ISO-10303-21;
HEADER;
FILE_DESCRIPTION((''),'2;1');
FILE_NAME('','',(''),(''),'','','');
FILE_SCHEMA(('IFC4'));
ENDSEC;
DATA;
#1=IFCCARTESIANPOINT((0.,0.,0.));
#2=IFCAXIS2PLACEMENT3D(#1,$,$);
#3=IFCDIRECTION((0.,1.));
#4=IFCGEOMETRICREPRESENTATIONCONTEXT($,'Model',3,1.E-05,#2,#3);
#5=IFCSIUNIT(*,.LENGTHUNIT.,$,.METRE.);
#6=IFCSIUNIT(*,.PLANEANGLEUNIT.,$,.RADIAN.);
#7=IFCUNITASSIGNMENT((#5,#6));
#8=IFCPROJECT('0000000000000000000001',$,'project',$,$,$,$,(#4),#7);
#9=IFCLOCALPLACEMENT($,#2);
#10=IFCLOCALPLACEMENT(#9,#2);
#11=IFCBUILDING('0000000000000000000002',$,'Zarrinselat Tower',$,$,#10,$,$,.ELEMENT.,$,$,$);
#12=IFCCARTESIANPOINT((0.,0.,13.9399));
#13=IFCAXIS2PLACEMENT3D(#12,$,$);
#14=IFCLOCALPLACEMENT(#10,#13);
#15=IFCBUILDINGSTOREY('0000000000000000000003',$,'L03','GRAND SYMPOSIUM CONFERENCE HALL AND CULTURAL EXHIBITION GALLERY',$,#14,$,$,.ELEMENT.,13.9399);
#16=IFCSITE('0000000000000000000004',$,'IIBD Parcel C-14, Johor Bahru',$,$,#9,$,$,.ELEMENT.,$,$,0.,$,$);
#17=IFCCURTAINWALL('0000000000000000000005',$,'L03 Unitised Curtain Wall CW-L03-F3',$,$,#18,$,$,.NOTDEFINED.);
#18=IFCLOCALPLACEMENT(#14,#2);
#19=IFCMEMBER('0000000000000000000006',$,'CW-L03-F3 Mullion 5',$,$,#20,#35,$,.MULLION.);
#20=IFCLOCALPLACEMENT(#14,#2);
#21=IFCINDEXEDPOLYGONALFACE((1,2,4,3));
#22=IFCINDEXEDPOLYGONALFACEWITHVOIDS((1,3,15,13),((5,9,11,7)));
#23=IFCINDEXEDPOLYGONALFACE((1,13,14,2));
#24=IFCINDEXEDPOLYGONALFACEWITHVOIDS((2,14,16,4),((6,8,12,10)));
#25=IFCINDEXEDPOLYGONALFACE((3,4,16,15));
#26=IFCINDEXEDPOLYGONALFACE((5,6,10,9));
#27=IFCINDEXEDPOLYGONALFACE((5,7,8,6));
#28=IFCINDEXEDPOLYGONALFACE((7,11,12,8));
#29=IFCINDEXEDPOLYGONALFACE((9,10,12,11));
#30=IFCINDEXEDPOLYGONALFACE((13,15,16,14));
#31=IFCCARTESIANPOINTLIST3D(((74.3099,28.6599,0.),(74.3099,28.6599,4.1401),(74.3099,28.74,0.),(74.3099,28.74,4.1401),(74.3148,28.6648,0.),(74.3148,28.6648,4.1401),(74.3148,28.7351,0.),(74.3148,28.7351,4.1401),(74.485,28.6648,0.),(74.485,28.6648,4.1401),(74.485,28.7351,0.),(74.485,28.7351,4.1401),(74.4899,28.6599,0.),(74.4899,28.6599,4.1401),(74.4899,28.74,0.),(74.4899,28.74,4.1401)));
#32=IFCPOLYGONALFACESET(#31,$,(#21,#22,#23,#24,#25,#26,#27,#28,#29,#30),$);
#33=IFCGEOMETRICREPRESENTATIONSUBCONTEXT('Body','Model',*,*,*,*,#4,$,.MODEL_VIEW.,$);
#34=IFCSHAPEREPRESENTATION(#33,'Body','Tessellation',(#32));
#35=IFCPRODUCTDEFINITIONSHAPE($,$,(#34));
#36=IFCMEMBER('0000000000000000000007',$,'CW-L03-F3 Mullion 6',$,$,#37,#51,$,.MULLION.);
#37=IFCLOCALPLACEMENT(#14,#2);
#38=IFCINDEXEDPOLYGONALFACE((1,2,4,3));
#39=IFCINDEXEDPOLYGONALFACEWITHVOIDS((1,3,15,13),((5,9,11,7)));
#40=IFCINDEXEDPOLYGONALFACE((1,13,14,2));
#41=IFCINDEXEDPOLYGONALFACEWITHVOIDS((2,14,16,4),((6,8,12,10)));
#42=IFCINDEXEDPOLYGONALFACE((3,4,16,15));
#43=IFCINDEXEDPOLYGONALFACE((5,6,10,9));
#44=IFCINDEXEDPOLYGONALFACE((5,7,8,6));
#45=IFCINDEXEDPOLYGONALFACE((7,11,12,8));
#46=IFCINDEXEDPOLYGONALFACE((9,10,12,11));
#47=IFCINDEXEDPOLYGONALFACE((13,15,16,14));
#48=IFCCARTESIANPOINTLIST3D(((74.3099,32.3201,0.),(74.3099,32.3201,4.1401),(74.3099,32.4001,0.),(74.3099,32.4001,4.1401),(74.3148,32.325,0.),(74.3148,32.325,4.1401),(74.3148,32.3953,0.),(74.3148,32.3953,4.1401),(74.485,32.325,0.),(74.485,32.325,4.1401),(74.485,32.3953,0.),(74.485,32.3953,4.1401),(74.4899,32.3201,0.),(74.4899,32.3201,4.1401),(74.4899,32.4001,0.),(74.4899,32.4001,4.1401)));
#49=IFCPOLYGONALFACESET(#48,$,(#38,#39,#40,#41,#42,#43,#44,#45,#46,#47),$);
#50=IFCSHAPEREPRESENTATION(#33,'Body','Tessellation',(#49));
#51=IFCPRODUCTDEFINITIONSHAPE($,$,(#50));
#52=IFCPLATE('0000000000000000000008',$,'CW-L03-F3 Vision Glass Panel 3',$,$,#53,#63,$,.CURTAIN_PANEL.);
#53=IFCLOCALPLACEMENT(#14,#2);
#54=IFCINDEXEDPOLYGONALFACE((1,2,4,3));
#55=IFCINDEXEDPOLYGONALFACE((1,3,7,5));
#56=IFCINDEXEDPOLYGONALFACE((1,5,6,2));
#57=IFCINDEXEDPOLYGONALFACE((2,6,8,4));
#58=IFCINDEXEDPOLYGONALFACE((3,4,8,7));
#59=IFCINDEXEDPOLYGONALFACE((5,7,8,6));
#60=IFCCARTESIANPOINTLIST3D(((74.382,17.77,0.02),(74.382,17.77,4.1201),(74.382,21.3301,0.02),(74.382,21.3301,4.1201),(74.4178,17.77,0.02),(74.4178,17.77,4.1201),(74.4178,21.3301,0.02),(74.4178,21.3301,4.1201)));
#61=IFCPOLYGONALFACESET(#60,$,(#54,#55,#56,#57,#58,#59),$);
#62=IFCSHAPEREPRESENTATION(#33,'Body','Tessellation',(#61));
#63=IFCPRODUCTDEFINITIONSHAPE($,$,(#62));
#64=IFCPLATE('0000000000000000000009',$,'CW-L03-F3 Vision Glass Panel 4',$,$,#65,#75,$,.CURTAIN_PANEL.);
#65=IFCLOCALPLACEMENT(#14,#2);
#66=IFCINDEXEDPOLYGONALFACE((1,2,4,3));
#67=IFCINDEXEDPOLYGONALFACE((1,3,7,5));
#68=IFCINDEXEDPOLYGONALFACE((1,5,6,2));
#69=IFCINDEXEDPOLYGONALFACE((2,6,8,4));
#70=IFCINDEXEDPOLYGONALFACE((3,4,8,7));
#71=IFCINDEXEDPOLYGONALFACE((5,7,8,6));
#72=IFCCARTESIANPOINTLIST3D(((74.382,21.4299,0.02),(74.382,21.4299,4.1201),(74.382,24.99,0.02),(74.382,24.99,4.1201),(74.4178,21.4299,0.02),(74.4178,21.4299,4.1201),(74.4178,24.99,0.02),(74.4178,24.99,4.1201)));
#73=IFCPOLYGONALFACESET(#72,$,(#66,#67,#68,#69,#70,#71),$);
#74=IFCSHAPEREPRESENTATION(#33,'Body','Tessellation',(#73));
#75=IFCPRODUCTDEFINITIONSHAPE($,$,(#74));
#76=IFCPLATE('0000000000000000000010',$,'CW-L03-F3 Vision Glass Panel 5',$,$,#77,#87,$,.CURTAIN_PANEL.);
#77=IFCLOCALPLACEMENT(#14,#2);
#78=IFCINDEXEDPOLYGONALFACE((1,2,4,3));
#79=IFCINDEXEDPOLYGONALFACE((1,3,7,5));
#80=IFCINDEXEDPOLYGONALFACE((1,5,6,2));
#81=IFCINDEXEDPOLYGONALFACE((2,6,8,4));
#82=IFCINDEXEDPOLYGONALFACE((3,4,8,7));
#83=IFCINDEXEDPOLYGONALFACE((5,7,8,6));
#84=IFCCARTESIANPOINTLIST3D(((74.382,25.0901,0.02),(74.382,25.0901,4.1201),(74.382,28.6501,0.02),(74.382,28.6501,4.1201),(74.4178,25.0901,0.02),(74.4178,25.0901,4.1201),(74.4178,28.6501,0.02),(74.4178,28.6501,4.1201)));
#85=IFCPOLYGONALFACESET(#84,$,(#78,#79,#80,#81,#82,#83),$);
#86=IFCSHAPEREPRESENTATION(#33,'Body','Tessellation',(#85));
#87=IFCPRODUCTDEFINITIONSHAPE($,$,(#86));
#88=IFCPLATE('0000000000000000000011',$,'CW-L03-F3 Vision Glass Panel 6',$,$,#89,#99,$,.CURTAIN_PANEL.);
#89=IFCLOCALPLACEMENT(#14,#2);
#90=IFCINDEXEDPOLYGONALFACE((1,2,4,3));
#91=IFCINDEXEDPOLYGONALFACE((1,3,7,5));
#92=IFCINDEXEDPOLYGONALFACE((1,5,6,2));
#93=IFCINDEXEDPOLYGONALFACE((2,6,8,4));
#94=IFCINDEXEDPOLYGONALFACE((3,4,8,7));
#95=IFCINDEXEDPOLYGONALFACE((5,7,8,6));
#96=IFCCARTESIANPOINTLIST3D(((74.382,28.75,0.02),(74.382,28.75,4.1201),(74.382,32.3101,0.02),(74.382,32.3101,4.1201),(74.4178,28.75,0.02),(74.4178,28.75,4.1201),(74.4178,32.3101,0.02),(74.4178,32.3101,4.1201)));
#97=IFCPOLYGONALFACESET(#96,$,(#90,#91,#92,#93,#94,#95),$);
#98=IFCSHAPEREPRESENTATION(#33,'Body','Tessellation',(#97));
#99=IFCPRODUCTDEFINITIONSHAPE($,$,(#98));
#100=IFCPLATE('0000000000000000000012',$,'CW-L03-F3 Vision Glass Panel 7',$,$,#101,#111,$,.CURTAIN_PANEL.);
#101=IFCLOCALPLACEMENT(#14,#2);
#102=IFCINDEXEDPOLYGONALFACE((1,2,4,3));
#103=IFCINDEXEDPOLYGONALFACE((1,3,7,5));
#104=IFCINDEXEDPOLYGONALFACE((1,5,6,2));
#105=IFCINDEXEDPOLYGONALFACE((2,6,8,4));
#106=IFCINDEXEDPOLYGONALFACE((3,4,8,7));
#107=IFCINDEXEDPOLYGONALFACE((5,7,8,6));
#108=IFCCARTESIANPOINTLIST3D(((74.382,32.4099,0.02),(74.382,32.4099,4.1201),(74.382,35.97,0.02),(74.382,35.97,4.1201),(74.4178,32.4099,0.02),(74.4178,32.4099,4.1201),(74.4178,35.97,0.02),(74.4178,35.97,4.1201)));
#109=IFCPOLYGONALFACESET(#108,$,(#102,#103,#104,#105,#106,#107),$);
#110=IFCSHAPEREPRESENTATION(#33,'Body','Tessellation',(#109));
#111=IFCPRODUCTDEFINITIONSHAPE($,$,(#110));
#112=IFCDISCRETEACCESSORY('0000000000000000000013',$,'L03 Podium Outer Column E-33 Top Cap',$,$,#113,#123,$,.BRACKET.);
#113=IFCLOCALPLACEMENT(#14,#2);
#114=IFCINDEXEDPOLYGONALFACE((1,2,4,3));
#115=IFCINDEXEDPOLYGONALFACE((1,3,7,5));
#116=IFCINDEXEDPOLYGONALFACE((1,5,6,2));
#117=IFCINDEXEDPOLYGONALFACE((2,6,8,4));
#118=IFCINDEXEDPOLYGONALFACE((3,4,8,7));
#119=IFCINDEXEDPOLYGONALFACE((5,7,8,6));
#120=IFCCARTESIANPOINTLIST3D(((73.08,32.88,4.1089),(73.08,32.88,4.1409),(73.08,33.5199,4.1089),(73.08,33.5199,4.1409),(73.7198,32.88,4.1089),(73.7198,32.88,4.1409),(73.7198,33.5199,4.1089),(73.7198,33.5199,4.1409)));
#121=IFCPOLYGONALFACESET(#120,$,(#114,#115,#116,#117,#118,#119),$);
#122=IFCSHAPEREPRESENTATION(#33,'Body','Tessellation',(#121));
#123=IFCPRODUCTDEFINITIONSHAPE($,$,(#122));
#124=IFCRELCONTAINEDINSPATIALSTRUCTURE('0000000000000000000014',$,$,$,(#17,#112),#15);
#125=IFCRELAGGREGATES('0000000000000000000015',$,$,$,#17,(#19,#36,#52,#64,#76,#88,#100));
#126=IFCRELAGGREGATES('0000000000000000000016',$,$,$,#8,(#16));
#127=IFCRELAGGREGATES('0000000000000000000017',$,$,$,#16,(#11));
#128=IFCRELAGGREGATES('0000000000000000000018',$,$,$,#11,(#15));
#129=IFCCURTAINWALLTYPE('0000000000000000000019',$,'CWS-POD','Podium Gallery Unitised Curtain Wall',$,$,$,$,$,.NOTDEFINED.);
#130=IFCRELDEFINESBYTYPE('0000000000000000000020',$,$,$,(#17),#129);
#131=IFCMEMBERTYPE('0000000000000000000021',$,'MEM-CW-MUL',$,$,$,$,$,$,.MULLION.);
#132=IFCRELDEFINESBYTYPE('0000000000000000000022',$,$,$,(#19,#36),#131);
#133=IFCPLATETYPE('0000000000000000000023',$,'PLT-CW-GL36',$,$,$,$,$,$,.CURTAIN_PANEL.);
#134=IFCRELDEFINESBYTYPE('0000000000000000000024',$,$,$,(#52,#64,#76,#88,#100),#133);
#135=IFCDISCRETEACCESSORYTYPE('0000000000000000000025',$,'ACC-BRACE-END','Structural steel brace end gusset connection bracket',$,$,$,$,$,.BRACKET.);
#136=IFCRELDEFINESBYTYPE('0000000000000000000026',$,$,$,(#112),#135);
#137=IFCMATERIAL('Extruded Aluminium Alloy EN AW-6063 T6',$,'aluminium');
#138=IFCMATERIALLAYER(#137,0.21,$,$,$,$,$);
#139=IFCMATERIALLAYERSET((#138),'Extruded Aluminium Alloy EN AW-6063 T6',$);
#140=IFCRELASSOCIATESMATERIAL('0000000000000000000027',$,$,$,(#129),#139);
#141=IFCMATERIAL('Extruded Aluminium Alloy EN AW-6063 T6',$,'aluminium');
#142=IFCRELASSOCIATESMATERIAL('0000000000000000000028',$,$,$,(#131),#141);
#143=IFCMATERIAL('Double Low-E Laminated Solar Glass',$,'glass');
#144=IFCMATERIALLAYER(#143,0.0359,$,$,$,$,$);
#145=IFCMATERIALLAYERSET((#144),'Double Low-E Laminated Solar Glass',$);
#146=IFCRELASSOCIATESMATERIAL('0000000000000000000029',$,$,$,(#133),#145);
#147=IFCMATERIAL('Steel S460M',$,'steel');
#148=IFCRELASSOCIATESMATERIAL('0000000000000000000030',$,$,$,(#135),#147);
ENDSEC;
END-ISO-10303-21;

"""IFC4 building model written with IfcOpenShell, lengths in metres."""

from ifc_helpers import new_model, si_unit, direction, frame, origin, origin_2d, place, context, subcontext, project, spatial, rectangle, hollow_rectangle, extrude, material, layer, layer_set, material_profile, profile_set, type_object, element, aggregate, save


model = new_model("IFC4")

# Units and contexts
model_context = context("Model", 3, precision=1e-05, world=origin(), true_north=direction((0.0, 1.0)))
body_context = subcontext(model_context, "Body", "Model", "MODEL_VIEW")
ifc_project = project(units=[si_unit("LENGTHUNIT", "METRE"), si_unit("PLANEANGLEUNIT", "RADIAN")], contexts=[model_context])

# Site, building, storey
site_placement = place(None, origin())
site = spatial("IfcSite", under=ifc_project, at=site_placement, Name="IIBD Parcel C-14, Johor Bahru", CompositionType="ELEMENT", RefElevation=0.0)
building_placement = place(site_placement, origin())
building = spatial("IfcBuilding", under=site, at=building_placement, Name="Zarrinselat Tower", CompositionType="ELEMENT")
storey_placement = place(building_placement, frame((0.0, 0.0, 13.9399)))
storey = spatial("IfcBuildingStorey", under=building, at=storey_placement, Name="L03", Description="GRAND SYMPOSIUM CONFERENCE HALL AND CULTURAL EXHIBITION GALLERY", CompositionType="ELEMENT", Elevation=13.9399)

# Curtain wall, members, plates
ifc_material_1 = material(Name="Extruded Aluminium Alloy EN AW-6063 T6", Category="aluminium")
ifc_layer_1 = layer(ifc_material_1, 0.21)
ifc_layer_set_1 = layer_set([ifc_layer_1], Name="Extruded Aluminium Alloy EN AW-6063 T6")
curtain_wall_type = type_object("IfcCurtainWallType", Name="CWS-POD", Description="Podium Gallery Unitised Curtain Wall", PredefinedType="NOTDEFINED", material=ifc_layer_set_1)
curtain_wall_placement = place(storey_placement, origin())
curtain_wall = element("IfcCurtainWall", 1, at=curtain_wall_placement, inside=storey, type_object=curtain_wall_type, Name="L03 Unitised Curtain Wall CW-L03-F3", PredefinedType="NOTDEFINED")
ifc_material_2 = material(Name="Extruded Aluminium Alloy EN AW-6063 T6", Category="aluminium")
ifc_material_profile_1 = material_profile(ifc_material_2, hollow_rectangle(XDim=0.0801, YDim=0.1799, WallThickness=0.0049, at=origin_2d()), Name="RHS 180x80x5")
ifc_profile_set_1 = profile_set([ifc_material_profile_1], Name="Extruded Aluminium Alloy EN AW-6063 T6")
member_type = type_object("IfcMemberType", Name="MEM-CW-MUL", PredefinedType="MULLION", material=ifc_profile_set_1)
member_1_placement = place(storey_placement, frame((74.3999, 28.7, 0.0), z_axis=(0.0, 0.0, 1.0), x_axis=(0.0, 1.0, 0.0)))
member_1 = element("IfcMember", 2, at=member_1_placement, type_object=member_type, Name="CW-L03-F3 Mullion 5", PredefinedType="MULLION", context=body_context, shape_type="SweptSolid", body=[
    extrude(hollow_rectangle(XDim=0.0801, YDim=0.1799, WallThickness=0.0049, at=origin_2d()), origin(), (0.0, 0.0, 1.0), 4.1401),
])
member_2_placement = place(storey_placement, frame((74.3999, 32.3601, 0.0), z_axis=(0.0, 0.0, 1.0), x_axis=(0.0, 1.0, 0.0)))
member_2 = element("IfcMember", 3, at=member_2_placement, type_object=member_type, Name="CW-L03-F3 Mullion 6", PredefinedType="MULLION", context=body_context, shape_type="SweptSolid", body=[
    extrude(hollow_rectangle(XDim=0.0801, YDim=0.1799, WallThickness=0.0049, at=origin_2d()), origin(), (0.0, 0.0, 1.0), 4.1401),
])
ifc_material_3 = material(Name="Double Low-E Laminated Solar Glass", Category="glass")
ifc_layer_2 = layer(ifc_material_3, 0.0359)
ifc_layer_set_2 = layer_set([ifc_layer_2], Name="Double Low-E Laminated Solar Glass")
plate_type = type_object("IfcPlateType", Name="PLT-CW-GL36", PredefinedType="CURTAIN_PANEL", material=ifc_layer_set_2)
plate_1_placement = place(storey_placement, frame((74.3999, 19.55, 0.02), z_axis=(0.0, 0.0, 1.0), x_axis=(0.0, 1.0, 0.0)))
plate_1 = element("IfcPlate", 4, at=plate_1_placement, type_object=plate_type, Name="CW-L03-F3 Vision Glass Panel 3", PredefinedType="CURTAIN_PANEL", context=body_context, shape_type="SweptSolid", body=[
    extrude(rectangle(XDim=3.5601, YDim=0.0359, at=origin_2d()), origin(), (0.0, 0.0, 1.0), 4.1001),
])
plate_2_placement = place(storey_placement, frame((74.3999, 23.21, 0.02), z_axis=(0.0, 0.0, 1.0), x_axis=(0.0, 1.0, 0.0)))
plate_2 = element("IfcPlate", 5, at=plate_2_placement, type_object=plate_type, Name="CW-L03-F3 Vision Glass Panel 4", PredefinedType="CURTAIN_PANEL", context=body_context, shape_type="SweptSolid", body=[
    extrude(rectangle(XDim=3.5601, YDim=0.0359, at=origin_2d()), origin(), (0.0, 0.0, 1.0), 4.1001),
])
plate_3_placement = place(storey_placement, frame((74.3999, 26.8701, 0.02), z_axis=(0.0, 0.0, 1.0), x_axis=(0.0, 1.0, 0.0)))
plate_3 = element("IfcPlate", 6, at=plate_3_placement, type_object=plate_type, Name="CW-L03-F3 Vision Glass Panel 5", PredefinedType="CURTAIN_PANEL", context=body_context, shape_type="SweptSolid", body=[
    extrude(rectangle(XDim=3.5601, YDim=0.0359, at=origin_2d()), origin(), (0.0, 0.0, 1.0), 4.1001),
])
plate_4_placement = place(storey_placement, frame((74.3999, 30.53, 0.02), z_axis=(0.0, 0.0, 1.0), x_axis=(0.0, 1.0, 0.0)))
plate_4 = element("IfcPlate", 7, at=plate_4_placement, type_object=plate_type, Name="CW-L03-F3 Vision Glass Panel 6", PredefinedType="CURTAIN_PANEL", context=body_context, shape_type="SweptSolid", body=[
    extrude(rectangle(XDim=3.5601, YDim=0.0359, at=origin_2d()), origin(), (0.0, 0.0, 1.0), 4.1001),
])
plate_5_placement = place(storey_placement, frame((74.3999, 34.1899, 0.02), z_axis=(0.0, 0.0, 1.0), x_axis=(0.0, 1.0, 0.0)))
plate_5 = element("IfcPlate", 8, at=plate_5_placement, type_object=plate_type, Name="CW-L03-F3 Vision Glass Panel 7", PredefinedType="CURTAIN_PANEL", context=body_context, shape_type="SweptSolid", body=[
    extrude(rectangle(XDim=3.5601, YDim=0.0359, at=origin_2d()), origin(), (0.0, 0.0, 1.0), 4.1001),
])
aggregate(curtain_wall, [member_1, member_2, plate_1, plate_2, plate_3, plate_4, plate_5])

# Discrete accessory
ifc_material_4 = material(Name="Steel S460M", Category="steel")
discrete_accessory_type = type_object("IfcDiscreteAccessoryType", Name="ACC-BRACE-END", Description="Structural steel brace end gusset connection bracket", PredefinedType="BRACKET", material=ifc_material_4)
discrete_accessory_placement = place(storey_placement, frame((73.3999, 33.2, 4.1089), z_axis=(0.0, 0.0, 1.0), x_axis=(1.0, 0.0, 0.0)))
element("IfcDiscreteAccessory", 9, at=discrete_accessory_placement, inside=storey, type_object=discrete_accessory_type, Name="L03 Podium Outer Column E-33 Top Cap", PredefinedType="BRACKET", context=body_context, shape_type="SweptSolid", body=[
    extrude(rectangle(XDim=0.6399, YDim=0.6399, at=origin_2d()), origin(), (0.0, 0.0, 1.0), 0.032),
])

save(model, "model.ifc")
